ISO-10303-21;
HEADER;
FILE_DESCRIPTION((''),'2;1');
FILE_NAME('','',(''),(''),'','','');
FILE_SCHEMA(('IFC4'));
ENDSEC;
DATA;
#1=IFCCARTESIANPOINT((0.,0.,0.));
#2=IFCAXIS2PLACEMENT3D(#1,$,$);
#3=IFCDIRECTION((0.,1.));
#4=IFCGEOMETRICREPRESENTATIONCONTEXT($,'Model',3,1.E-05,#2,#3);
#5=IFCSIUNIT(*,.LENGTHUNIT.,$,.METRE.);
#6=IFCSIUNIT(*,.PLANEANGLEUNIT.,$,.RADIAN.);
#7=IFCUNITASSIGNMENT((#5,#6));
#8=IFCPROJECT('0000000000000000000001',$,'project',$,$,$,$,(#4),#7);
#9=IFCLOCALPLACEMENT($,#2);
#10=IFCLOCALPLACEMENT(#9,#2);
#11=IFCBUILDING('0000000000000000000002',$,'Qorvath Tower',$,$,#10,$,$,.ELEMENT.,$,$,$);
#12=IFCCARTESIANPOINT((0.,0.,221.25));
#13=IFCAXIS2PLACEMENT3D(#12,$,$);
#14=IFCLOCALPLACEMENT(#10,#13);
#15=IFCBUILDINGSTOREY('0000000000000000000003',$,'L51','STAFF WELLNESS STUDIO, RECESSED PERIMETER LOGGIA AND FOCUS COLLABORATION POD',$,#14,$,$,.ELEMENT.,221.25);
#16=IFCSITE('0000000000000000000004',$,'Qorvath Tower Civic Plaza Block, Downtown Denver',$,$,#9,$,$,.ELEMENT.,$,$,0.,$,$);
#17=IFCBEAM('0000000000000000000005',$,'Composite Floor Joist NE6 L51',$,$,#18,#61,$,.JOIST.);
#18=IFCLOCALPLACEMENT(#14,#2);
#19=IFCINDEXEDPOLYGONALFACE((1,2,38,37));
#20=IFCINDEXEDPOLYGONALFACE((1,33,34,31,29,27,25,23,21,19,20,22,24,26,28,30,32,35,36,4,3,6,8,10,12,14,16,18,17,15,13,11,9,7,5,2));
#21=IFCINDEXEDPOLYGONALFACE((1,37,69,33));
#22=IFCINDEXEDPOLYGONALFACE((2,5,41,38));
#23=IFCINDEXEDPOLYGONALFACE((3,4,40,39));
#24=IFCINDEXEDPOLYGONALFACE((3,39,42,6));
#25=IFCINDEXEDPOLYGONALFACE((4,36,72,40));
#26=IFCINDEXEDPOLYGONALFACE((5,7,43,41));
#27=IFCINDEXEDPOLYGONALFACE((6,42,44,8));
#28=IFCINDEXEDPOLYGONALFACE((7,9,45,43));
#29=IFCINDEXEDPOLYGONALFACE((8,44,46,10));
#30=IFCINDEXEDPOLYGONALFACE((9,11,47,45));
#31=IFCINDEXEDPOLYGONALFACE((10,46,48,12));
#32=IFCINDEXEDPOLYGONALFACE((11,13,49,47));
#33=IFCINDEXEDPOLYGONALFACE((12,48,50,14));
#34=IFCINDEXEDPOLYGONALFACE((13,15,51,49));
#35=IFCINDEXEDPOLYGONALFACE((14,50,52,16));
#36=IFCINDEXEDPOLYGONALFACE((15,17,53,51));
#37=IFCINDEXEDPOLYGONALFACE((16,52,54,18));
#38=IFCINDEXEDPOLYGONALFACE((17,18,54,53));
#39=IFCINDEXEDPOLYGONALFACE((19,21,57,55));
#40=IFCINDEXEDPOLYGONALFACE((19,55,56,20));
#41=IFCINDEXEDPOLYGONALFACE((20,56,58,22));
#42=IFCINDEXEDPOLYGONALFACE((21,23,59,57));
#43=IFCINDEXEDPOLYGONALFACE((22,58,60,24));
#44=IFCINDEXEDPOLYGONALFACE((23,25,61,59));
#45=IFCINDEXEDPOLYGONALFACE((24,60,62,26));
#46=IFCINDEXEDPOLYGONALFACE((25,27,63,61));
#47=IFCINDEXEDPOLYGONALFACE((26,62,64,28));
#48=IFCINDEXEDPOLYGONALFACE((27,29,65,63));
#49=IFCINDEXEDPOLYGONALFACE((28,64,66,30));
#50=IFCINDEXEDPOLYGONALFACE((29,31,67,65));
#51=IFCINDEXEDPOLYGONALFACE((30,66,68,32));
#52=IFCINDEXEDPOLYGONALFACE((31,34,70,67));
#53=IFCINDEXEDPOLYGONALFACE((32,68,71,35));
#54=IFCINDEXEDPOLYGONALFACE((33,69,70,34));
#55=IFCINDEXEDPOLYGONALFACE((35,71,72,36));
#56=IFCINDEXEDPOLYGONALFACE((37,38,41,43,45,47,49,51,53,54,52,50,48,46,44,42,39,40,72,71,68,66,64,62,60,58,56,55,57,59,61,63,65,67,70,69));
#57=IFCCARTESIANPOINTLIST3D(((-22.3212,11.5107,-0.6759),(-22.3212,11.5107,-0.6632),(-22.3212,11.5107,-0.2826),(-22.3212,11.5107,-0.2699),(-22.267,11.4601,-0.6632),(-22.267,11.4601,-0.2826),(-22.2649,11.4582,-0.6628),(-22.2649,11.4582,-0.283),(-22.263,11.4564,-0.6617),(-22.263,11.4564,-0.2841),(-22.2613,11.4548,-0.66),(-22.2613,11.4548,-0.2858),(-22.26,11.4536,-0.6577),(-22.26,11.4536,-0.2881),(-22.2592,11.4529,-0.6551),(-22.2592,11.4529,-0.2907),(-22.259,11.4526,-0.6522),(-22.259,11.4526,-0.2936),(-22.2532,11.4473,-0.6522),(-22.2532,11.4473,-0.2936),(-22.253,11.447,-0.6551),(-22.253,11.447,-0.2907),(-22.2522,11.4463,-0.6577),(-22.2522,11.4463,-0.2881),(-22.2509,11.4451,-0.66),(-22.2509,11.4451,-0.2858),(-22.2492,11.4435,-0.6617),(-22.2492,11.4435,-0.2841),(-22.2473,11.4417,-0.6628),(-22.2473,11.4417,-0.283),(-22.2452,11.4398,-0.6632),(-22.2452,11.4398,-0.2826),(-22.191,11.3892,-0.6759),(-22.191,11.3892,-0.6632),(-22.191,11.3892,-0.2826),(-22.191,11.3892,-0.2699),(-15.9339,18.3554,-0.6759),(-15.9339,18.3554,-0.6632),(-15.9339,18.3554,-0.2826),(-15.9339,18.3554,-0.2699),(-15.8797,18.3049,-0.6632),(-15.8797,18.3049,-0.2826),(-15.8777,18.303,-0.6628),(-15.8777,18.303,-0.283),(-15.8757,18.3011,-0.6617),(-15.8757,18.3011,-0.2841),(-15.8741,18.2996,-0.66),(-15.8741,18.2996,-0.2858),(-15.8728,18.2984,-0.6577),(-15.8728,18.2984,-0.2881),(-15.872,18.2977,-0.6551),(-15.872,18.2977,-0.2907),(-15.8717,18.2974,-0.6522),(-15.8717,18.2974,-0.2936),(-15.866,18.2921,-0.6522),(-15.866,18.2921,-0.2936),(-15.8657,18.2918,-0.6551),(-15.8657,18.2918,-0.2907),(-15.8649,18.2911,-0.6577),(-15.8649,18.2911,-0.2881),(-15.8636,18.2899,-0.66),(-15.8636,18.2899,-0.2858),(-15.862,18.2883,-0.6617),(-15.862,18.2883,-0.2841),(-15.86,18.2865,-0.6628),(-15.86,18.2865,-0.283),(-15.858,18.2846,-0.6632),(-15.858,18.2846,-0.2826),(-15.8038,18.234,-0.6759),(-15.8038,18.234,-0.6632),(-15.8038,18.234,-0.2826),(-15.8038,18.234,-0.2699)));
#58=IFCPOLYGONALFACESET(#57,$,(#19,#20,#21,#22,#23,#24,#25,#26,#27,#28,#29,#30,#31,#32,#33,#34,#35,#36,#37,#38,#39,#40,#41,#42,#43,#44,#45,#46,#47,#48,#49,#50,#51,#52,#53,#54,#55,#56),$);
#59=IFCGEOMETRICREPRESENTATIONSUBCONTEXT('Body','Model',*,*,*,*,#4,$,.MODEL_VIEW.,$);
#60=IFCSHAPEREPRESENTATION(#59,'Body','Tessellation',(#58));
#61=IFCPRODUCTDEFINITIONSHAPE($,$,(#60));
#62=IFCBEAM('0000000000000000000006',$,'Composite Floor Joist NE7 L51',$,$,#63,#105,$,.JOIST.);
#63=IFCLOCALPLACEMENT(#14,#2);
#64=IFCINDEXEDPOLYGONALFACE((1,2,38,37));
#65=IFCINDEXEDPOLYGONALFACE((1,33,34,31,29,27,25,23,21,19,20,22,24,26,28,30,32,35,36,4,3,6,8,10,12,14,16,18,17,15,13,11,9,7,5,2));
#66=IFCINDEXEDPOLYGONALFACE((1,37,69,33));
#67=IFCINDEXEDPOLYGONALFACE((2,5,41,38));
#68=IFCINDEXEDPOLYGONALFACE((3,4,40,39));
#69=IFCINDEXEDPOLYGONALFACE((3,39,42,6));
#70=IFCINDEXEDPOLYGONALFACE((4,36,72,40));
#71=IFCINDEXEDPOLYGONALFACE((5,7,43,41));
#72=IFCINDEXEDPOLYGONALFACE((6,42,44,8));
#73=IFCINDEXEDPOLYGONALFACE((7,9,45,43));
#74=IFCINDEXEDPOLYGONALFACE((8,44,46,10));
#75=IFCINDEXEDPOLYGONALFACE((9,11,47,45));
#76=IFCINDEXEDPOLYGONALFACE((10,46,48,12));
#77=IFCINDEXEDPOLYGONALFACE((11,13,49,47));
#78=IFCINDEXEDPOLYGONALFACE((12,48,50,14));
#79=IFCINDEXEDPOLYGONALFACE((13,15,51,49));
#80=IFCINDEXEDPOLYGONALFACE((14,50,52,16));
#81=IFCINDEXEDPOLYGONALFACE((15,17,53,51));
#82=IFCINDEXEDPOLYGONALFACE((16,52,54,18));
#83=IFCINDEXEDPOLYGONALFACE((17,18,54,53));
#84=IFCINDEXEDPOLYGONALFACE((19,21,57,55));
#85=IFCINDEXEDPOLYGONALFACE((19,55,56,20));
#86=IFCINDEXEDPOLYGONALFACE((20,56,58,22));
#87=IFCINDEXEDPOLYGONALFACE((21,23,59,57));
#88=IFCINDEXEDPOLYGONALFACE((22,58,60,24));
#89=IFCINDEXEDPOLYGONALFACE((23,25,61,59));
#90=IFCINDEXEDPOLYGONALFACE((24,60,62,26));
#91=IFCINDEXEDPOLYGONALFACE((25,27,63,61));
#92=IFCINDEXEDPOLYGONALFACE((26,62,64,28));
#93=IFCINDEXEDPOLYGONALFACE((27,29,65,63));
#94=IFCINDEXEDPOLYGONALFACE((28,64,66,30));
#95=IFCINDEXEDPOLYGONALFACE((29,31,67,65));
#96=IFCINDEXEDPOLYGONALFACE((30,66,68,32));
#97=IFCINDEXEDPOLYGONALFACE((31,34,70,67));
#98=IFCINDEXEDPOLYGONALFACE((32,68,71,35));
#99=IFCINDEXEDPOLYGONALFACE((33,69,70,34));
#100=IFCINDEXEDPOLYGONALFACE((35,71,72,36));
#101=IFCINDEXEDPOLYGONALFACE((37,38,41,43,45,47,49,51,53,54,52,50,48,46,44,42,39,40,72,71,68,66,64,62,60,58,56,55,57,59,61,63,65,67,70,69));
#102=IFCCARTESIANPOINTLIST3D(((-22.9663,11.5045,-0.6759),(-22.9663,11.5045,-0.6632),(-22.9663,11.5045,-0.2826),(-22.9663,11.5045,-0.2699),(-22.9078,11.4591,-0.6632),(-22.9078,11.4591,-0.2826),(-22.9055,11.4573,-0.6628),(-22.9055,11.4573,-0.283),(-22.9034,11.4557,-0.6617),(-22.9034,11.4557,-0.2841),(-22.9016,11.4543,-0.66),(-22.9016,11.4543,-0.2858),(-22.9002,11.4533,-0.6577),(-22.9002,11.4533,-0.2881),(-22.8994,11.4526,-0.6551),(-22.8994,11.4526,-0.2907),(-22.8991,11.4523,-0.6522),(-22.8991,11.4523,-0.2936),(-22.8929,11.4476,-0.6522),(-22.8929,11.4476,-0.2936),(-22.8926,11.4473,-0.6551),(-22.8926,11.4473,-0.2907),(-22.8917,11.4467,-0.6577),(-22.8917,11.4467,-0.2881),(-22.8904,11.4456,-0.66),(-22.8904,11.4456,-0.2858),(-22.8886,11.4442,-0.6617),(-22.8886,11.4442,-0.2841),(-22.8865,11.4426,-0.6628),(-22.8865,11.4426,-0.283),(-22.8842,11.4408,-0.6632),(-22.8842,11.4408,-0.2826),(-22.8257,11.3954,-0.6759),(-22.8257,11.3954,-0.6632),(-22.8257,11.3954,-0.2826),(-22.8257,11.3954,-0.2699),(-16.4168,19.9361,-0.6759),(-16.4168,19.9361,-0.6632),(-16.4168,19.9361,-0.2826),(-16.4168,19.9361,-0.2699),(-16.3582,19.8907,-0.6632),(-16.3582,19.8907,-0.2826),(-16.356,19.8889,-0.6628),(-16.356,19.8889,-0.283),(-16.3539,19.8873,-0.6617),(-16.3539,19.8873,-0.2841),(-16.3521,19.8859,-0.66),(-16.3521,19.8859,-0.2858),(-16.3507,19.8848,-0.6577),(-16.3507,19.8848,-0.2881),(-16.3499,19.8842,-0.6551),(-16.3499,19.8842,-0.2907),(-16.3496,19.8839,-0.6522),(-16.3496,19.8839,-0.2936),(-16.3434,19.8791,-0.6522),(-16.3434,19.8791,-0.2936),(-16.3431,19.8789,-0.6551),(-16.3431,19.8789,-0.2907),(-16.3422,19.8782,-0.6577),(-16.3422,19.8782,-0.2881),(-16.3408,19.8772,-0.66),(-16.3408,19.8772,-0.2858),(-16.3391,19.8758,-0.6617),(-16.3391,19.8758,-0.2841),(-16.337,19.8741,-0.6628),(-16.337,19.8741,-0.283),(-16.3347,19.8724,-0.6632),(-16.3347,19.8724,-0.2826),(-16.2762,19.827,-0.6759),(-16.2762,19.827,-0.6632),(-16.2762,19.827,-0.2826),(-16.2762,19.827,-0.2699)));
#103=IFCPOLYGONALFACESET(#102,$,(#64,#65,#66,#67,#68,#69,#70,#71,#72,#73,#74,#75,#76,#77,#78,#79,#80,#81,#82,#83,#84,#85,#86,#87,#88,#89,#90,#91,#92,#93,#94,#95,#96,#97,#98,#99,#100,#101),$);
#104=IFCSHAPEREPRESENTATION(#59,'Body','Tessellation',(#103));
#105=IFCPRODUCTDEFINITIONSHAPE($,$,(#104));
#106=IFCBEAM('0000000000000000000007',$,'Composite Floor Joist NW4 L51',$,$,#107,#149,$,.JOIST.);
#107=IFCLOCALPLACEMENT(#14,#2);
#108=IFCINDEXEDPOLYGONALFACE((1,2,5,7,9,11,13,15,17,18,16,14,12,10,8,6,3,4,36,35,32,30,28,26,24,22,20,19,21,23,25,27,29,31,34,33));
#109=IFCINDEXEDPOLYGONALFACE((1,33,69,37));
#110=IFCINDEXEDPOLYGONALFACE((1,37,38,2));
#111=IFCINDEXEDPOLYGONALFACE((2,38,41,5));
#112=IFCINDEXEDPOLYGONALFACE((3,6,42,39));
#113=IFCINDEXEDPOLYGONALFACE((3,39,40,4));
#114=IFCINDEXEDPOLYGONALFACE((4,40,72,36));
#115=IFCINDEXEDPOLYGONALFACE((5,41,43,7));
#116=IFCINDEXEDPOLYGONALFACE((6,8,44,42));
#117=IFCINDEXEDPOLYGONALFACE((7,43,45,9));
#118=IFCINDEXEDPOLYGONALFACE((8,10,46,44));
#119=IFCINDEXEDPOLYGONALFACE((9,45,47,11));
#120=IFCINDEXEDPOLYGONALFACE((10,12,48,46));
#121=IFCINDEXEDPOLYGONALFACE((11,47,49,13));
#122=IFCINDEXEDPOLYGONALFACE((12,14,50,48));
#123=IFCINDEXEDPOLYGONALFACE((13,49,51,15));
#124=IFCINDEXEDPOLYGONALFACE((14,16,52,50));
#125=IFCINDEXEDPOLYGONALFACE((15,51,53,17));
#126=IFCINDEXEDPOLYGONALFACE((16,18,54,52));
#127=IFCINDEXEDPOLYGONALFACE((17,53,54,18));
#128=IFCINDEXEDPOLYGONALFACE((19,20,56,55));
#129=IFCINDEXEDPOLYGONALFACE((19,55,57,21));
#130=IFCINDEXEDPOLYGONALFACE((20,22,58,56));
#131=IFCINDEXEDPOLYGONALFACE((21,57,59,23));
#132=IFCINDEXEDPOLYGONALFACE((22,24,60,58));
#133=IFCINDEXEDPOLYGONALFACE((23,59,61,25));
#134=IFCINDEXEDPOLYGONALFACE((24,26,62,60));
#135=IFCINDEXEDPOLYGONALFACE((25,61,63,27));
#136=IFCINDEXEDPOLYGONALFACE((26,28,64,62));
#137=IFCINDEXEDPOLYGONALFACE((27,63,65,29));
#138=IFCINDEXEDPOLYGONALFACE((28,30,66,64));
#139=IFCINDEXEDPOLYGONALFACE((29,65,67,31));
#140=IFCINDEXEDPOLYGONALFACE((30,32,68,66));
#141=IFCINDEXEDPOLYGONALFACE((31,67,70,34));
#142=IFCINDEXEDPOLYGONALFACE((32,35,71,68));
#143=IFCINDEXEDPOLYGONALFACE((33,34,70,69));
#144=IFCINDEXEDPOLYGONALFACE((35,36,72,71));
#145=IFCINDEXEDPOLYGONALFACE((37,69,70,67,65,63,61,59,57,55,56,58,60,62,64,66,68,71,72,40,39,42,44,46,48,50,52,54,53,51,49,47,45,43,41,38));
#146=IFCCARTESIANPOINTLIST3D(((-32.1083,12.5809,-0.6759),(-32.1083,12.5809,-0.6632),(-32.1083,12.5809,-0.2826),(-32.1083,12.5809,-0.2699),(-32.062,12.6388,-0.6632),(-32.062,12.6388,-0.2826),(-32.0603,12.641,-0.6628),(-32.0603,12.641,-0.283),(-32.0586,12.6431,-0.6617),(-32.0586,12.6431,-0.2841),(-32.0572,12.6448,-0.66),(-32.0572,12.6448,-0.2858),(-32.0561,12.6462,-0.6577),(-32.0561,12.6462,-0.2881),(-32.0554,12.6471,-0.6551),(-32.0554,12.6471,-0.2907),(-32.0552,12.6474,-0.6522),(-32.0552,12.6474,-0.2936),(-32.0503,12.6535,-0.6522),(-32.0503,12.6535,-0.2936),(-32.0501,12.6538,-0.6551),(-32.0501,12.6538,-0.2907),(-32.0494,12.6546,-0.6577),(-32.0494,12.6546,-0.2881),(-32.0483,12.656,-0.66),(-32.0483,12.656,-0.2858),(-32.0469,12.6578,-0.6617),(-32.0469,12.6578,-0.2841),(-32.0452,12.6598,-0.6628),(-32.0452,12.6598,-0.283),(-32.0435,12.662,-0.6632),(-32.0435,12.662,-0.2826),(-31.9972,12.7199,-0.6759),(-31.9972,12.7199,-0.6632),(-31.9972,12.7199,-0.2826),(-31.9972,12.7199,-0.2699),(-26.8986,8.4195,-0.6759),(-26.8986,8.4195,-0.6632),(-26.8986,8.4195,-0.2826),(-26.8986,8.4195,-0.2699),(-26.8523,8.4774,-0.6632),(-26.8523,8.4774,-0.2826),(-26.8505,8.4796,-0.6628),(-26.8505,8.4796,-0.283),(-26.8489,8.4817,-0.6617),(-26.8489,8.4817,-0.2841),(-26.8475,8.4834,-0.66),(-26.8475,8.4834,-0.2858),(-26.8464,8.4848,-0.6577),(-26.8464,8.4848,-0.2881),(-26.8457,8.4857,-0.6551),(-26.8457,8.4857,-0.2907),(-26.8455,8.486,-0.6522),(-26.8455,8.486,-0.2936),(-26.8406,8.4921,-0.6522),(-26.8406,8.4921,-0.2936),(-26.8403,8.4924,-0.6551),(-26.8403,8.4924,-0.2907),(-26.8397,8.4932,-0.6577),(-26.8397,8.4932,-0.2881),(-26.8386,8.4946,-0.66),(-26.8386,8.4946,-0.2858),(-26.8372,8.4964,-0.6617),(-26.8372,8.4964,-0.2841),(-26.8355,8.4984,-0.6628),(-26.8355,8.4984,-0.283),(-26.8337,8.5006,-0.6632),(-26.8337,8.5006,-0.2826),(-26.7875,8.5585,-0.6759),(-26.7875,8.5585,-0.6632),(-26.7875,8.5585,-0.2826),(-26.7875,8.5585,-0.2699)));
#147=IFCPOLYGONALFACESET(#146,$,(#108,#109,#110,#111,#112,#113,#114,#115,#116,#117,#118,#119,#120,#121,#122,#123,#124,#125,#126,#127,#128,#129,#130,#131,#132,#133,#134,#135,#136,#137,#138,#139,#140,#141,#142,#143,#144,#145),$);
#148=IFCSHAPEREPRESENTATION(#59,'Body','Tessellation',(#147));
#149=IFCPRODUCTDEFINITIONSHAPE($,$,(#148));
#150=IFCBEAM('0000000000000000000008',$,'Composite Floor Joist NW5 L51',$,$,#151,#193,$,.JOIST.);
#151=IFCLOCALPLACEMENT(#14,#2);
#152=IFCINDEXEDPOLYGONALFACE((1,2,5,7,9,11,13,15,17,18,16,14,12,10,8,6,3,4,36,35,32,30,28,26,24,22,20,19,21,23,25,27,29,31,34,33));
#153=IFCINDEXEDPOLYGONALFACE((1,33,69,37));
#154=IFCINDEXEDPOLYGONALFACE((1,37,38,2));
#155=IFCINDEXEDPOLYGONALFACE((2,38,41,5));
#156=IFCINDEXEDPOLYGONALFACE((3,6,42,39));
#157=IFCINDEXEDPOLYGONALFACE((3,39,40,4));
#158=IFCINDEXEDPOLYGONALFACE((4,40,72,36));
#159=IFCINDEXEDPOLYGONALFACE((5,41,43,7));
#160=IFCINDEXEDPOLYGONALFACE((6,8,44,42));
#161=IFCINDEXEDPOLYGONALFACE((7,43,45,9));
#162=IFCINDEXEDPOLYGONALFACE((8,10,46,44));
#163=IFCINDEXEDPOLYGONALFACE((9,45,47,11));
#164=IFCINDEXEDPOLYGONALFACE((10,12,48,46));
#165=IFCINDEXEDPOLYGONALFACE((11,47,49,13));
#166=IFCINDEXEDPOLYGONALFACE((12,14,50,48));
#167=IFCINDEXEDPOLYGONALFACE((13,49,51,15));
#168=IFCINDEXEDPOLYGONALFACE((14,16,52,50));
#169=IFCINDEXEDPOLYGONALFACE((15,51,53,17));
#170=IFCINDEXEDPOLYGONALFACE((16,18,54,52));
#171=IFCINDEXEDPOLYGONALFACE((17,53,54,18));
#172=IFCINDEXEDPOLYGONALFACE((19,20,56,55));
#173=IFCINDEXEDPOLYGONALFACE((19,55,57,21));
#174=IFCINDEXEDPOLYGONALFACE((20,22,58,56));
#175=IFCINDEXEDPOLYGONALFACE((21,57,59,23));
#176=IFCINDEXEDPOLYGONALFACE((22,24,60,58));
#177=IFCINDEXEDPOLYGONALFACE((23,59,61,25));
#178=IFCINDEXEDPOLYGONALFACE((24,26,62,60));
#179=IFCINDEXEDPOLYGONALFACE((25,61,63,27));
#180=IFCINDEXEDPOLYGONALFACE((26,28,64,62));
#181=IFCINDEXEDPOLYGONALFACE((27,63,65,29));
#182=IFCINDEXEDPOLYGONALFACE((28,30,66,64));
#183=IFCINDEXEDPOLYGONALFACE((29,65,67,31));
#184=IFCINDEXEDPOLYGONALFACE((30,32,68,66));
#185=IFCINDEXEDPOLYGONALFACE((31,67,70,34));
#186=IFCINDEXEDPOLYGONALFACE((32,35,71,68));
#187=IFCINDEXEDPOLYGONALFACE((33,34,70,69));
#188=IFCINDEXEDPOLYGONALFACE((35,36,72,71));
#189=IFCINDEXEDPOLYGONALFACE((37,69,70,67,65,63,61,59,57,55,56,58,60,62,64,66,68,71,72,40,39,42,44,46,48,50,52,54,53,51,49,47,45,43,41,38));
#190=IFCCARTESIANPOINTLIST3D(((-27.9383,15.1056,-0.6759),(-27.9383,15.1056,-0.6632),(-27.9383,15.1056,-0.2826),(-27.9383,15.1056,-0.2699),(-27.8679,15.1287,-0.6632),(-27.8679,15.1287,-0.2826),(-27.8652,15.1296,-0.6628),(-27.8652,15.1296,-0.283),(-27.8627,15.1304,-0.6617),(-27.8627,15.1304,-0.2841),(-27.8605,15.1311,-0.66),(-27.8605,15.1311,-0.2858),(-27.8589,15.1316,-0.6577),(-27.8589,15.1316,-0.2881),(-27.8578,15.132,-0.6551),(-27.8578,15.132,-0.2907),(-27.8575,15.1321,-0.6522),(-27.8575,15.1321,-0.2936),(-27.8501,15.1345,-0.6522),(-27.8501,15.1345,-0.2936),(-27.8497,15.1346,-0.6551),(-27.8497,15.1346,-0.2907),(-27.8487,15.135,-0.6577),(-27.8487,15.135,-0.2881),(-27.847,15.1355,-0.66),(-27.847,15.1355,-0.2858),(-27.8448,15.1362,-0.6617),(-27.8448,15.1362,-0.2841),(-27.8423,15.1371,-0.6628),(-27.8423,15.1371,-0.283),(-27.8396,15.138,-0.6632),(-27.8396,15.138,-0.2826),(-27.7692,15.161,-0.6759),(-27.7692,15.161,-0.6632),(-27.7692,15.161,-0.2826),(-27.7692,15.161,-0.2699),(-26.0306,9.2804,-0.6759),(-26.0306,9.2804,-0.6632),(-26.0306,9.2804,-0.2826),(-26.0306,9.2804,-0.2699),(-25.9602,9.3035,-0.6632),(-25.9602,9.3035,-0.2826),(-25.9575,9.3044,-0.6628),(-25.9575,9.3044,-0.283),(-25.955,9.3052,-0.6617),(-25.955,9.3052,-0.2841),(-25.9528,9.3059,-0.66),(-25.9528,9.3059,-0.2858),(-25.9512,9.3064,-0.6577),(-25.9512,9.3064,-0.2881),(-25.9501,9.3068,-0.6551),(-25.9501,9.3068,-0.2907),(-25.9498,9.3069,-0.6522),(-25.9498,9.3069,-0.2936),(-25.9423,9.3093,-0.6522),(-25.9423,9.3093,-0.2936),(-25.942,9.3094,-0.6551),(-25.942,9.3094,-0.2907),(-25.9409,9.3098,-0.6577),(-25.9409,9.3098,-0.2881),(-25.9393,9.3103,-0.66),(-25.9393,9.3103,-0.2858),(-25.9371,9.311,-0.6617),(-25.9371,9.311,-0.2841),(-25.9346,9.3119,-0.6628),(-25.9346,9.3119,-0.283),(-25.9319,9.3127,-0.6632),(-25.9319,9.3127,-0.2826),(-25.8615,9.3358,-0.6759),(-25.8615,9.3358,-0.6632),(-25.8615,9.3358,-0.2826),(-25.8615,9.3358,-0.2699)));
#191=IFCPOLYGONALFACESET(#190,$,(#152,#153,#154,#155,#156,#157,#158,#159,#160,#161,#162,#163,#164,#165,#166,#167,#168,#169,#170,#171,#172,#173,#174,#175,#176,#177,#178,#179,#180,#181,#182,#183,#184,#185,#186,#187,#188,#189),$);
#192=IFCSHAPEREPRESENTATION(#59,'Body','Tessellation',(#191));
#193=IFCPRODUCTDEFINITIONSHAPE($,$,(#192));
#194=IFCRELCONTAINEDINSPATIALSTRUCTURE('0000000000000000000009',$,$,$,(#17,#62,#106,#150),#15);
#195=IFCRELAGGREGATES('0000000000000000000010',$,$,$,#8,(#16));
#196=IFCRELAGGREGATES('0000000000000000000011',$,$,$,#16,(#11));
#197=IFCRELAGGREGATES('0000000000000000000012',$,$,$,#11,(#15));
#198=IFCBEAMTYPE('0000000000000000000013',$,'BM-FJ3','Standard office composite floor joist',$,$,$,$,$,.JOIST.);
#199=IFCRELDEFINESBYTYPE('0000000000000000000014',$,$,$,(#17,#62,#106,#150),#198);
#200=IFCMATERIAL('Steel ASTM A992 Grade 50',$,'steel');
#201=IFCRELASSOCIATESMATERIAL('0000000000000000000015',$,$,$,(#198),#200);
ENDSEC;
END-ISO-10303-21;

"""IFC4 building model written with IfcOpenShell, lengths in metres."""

from ifc_helpers import new_model, si_unit, direction, frame, origin, origin_2d, place, context, subcontext, project, spatial, i_section, extrude, material, material_profile, profile_set, type_object, element, save


model = new_model("IFC4")

# Units and contexts
model_context = context("Model", 3, precision=1e-05, world=origin(), true_north=direction((0.0, 1.0)))
body_context = subcontext(model_context, "Body", "Model", "MODEL_VIEW")
ifc_project = project(units=[si_unit("LENGTHUNIT", "METRE"), si_unit("PLANEANGLEUNIT", "RADIAN")], contexts=[model_context])

# Site, building, storey
site_placement = place(None, origin())
site = spatial("IfcSite", under=ifc_project, at=site_placement, Name="Qorvath Tower Civic Plaza Block, Downtown Denver", CompositionType="ELEMENT", RefElevation=0.0)
building_placement = place(site_placement, origin())
building = spatial("IfcBuilding", under=site, at=building_placement, Name="Qorvath Tower", CompositionType="ELEMENT")
storey_placement = place(building_placement, frame((0.0, 0.0, 221.25)))
storey = spatial("IfcBuildingStorey", under=building, at=storey_placement, Name="L51", Description="STAFF WELLNESS STUDIO, RECESSED PERIMETER LOGGIA AND FOCUS COLLABORATION POD", CompositionType="ELEMENT", Elevation=221.25)

# Beams
ifc_material_1 = material(Name="Steel ASTM A992 Grade 50", Category="steel")
ifc_material_profile_1 = material_profile(ifc_material_1, i_section(OverallWidth=0.178, OverallDepth=0.406, WebThickness=0.0078, FlangeThickness=0.0127, FilletRadius=0.011, at=origin_2d()), Name="W16x40")
ifc_profile_set_1 = profile_set([ifc_material_profile_1], Name="Steel ASTM A992 Grade 50")
beam_type_1 = type_object("IfcBeamType", Name="BM-FJ3", Description="Standard office composite floor joist", PredefinedType="JOIST", material=ifc_profile_set_1)
beam_1_placement = place(storey_placement, frame((-22.2561, 11.45, -0.4729), z_axis=(0.682249, 0.731119, 0.0), x_axis=(-0.731119, 0.682249, 0.0)))
element("IfcBeam", 1, at=beam_1_placement, inside=storey, type_object=beam_type_1, Name="Composite Floor Joist NE6 L51", PredefinedType="JOIST", context=body_context, shape_type="SweptSolid", body=[
    extrude(i_section(OverallWidth=0.178, OverallDepth=0.406, WebThickness=0.0078, FlangeThickness=0.0127, FilletRadius=0.011, at=origin_2d()), origin(), (0.0, 0.0, 1.0), 9.3621),
])
beam_2_placement = place(storey_placement, frame((-22.896, 11.45, -0.4729), z_axis=(0.613451, 0.789733, 0.0), x_axis=(-0.789733, 0.613451, 0.0)))
element("IfcBeam", 2, at=beam_2_placement, inside=storey, type_object=beam_type_1, Name="Composite Floor Joist NE7 L51", PredefinedType="JOIST", context=body_context, shape_type="SweptSolid", body=[
    extrude(i_section(OverallWidth=0.178, OverallDepth=0.406, WebThickness=0.0078, FlangeThickness=0.0127, FilletRadius=0.011, at=origin_2d()), origin(), (0.0, 0.0, 1.0), 10.6765),
])
beam_3_placement = place(storey_placement, frame((-26.843, 8.489, -0.4729), z_axis=(-0.781337, 0.62411, 0.0), x_axis=(-0.62411, -0.781337, 0.0)))
element("IfcBeam", 3, at=beam_3_placement, inside=storey, type_object=beam_type_1, Name="Composite Floor Joist NW4 L51", PredefinedType="JOIST", context=body_context, shape_type="SweptSolid", body=[
    extrude(i_section(OverallWidth=0.178, OverallDepth=0.406, WebThickness=0.0078, FlangeThickness=0.0127, FilletRadius=0.011, at=origin_2d()), origin(), (0.0, 0.0, 1.0), 6.6677),
])
beam_4_placement = place(storey_placement, frame((-25.946, 9.3081, -0.4729), z_axis=(-0.311229, 0.950335, 0.0), x_axis=(-0.950335, -0.311229, 0.0)))
element("IfcBeam", 4, at=beam_4_placement, inside=storey, type_object=beam_type_1, Name="Composite Floor Joist NW5 L51", PredefinedType="JOIST", context=body_context, shape_type="SweptSolid", body=[
    extrude(i_section(OverallWidth=0.178, OverallDepth=0.406, WebThickness=0.0078, FlangeThickness=0.0127, FilletRadius=0.011, at=origin_2d()), origin(), (0.0, 0.0, 1.0), 6.1296),
])

save(model, "model.ifc")
